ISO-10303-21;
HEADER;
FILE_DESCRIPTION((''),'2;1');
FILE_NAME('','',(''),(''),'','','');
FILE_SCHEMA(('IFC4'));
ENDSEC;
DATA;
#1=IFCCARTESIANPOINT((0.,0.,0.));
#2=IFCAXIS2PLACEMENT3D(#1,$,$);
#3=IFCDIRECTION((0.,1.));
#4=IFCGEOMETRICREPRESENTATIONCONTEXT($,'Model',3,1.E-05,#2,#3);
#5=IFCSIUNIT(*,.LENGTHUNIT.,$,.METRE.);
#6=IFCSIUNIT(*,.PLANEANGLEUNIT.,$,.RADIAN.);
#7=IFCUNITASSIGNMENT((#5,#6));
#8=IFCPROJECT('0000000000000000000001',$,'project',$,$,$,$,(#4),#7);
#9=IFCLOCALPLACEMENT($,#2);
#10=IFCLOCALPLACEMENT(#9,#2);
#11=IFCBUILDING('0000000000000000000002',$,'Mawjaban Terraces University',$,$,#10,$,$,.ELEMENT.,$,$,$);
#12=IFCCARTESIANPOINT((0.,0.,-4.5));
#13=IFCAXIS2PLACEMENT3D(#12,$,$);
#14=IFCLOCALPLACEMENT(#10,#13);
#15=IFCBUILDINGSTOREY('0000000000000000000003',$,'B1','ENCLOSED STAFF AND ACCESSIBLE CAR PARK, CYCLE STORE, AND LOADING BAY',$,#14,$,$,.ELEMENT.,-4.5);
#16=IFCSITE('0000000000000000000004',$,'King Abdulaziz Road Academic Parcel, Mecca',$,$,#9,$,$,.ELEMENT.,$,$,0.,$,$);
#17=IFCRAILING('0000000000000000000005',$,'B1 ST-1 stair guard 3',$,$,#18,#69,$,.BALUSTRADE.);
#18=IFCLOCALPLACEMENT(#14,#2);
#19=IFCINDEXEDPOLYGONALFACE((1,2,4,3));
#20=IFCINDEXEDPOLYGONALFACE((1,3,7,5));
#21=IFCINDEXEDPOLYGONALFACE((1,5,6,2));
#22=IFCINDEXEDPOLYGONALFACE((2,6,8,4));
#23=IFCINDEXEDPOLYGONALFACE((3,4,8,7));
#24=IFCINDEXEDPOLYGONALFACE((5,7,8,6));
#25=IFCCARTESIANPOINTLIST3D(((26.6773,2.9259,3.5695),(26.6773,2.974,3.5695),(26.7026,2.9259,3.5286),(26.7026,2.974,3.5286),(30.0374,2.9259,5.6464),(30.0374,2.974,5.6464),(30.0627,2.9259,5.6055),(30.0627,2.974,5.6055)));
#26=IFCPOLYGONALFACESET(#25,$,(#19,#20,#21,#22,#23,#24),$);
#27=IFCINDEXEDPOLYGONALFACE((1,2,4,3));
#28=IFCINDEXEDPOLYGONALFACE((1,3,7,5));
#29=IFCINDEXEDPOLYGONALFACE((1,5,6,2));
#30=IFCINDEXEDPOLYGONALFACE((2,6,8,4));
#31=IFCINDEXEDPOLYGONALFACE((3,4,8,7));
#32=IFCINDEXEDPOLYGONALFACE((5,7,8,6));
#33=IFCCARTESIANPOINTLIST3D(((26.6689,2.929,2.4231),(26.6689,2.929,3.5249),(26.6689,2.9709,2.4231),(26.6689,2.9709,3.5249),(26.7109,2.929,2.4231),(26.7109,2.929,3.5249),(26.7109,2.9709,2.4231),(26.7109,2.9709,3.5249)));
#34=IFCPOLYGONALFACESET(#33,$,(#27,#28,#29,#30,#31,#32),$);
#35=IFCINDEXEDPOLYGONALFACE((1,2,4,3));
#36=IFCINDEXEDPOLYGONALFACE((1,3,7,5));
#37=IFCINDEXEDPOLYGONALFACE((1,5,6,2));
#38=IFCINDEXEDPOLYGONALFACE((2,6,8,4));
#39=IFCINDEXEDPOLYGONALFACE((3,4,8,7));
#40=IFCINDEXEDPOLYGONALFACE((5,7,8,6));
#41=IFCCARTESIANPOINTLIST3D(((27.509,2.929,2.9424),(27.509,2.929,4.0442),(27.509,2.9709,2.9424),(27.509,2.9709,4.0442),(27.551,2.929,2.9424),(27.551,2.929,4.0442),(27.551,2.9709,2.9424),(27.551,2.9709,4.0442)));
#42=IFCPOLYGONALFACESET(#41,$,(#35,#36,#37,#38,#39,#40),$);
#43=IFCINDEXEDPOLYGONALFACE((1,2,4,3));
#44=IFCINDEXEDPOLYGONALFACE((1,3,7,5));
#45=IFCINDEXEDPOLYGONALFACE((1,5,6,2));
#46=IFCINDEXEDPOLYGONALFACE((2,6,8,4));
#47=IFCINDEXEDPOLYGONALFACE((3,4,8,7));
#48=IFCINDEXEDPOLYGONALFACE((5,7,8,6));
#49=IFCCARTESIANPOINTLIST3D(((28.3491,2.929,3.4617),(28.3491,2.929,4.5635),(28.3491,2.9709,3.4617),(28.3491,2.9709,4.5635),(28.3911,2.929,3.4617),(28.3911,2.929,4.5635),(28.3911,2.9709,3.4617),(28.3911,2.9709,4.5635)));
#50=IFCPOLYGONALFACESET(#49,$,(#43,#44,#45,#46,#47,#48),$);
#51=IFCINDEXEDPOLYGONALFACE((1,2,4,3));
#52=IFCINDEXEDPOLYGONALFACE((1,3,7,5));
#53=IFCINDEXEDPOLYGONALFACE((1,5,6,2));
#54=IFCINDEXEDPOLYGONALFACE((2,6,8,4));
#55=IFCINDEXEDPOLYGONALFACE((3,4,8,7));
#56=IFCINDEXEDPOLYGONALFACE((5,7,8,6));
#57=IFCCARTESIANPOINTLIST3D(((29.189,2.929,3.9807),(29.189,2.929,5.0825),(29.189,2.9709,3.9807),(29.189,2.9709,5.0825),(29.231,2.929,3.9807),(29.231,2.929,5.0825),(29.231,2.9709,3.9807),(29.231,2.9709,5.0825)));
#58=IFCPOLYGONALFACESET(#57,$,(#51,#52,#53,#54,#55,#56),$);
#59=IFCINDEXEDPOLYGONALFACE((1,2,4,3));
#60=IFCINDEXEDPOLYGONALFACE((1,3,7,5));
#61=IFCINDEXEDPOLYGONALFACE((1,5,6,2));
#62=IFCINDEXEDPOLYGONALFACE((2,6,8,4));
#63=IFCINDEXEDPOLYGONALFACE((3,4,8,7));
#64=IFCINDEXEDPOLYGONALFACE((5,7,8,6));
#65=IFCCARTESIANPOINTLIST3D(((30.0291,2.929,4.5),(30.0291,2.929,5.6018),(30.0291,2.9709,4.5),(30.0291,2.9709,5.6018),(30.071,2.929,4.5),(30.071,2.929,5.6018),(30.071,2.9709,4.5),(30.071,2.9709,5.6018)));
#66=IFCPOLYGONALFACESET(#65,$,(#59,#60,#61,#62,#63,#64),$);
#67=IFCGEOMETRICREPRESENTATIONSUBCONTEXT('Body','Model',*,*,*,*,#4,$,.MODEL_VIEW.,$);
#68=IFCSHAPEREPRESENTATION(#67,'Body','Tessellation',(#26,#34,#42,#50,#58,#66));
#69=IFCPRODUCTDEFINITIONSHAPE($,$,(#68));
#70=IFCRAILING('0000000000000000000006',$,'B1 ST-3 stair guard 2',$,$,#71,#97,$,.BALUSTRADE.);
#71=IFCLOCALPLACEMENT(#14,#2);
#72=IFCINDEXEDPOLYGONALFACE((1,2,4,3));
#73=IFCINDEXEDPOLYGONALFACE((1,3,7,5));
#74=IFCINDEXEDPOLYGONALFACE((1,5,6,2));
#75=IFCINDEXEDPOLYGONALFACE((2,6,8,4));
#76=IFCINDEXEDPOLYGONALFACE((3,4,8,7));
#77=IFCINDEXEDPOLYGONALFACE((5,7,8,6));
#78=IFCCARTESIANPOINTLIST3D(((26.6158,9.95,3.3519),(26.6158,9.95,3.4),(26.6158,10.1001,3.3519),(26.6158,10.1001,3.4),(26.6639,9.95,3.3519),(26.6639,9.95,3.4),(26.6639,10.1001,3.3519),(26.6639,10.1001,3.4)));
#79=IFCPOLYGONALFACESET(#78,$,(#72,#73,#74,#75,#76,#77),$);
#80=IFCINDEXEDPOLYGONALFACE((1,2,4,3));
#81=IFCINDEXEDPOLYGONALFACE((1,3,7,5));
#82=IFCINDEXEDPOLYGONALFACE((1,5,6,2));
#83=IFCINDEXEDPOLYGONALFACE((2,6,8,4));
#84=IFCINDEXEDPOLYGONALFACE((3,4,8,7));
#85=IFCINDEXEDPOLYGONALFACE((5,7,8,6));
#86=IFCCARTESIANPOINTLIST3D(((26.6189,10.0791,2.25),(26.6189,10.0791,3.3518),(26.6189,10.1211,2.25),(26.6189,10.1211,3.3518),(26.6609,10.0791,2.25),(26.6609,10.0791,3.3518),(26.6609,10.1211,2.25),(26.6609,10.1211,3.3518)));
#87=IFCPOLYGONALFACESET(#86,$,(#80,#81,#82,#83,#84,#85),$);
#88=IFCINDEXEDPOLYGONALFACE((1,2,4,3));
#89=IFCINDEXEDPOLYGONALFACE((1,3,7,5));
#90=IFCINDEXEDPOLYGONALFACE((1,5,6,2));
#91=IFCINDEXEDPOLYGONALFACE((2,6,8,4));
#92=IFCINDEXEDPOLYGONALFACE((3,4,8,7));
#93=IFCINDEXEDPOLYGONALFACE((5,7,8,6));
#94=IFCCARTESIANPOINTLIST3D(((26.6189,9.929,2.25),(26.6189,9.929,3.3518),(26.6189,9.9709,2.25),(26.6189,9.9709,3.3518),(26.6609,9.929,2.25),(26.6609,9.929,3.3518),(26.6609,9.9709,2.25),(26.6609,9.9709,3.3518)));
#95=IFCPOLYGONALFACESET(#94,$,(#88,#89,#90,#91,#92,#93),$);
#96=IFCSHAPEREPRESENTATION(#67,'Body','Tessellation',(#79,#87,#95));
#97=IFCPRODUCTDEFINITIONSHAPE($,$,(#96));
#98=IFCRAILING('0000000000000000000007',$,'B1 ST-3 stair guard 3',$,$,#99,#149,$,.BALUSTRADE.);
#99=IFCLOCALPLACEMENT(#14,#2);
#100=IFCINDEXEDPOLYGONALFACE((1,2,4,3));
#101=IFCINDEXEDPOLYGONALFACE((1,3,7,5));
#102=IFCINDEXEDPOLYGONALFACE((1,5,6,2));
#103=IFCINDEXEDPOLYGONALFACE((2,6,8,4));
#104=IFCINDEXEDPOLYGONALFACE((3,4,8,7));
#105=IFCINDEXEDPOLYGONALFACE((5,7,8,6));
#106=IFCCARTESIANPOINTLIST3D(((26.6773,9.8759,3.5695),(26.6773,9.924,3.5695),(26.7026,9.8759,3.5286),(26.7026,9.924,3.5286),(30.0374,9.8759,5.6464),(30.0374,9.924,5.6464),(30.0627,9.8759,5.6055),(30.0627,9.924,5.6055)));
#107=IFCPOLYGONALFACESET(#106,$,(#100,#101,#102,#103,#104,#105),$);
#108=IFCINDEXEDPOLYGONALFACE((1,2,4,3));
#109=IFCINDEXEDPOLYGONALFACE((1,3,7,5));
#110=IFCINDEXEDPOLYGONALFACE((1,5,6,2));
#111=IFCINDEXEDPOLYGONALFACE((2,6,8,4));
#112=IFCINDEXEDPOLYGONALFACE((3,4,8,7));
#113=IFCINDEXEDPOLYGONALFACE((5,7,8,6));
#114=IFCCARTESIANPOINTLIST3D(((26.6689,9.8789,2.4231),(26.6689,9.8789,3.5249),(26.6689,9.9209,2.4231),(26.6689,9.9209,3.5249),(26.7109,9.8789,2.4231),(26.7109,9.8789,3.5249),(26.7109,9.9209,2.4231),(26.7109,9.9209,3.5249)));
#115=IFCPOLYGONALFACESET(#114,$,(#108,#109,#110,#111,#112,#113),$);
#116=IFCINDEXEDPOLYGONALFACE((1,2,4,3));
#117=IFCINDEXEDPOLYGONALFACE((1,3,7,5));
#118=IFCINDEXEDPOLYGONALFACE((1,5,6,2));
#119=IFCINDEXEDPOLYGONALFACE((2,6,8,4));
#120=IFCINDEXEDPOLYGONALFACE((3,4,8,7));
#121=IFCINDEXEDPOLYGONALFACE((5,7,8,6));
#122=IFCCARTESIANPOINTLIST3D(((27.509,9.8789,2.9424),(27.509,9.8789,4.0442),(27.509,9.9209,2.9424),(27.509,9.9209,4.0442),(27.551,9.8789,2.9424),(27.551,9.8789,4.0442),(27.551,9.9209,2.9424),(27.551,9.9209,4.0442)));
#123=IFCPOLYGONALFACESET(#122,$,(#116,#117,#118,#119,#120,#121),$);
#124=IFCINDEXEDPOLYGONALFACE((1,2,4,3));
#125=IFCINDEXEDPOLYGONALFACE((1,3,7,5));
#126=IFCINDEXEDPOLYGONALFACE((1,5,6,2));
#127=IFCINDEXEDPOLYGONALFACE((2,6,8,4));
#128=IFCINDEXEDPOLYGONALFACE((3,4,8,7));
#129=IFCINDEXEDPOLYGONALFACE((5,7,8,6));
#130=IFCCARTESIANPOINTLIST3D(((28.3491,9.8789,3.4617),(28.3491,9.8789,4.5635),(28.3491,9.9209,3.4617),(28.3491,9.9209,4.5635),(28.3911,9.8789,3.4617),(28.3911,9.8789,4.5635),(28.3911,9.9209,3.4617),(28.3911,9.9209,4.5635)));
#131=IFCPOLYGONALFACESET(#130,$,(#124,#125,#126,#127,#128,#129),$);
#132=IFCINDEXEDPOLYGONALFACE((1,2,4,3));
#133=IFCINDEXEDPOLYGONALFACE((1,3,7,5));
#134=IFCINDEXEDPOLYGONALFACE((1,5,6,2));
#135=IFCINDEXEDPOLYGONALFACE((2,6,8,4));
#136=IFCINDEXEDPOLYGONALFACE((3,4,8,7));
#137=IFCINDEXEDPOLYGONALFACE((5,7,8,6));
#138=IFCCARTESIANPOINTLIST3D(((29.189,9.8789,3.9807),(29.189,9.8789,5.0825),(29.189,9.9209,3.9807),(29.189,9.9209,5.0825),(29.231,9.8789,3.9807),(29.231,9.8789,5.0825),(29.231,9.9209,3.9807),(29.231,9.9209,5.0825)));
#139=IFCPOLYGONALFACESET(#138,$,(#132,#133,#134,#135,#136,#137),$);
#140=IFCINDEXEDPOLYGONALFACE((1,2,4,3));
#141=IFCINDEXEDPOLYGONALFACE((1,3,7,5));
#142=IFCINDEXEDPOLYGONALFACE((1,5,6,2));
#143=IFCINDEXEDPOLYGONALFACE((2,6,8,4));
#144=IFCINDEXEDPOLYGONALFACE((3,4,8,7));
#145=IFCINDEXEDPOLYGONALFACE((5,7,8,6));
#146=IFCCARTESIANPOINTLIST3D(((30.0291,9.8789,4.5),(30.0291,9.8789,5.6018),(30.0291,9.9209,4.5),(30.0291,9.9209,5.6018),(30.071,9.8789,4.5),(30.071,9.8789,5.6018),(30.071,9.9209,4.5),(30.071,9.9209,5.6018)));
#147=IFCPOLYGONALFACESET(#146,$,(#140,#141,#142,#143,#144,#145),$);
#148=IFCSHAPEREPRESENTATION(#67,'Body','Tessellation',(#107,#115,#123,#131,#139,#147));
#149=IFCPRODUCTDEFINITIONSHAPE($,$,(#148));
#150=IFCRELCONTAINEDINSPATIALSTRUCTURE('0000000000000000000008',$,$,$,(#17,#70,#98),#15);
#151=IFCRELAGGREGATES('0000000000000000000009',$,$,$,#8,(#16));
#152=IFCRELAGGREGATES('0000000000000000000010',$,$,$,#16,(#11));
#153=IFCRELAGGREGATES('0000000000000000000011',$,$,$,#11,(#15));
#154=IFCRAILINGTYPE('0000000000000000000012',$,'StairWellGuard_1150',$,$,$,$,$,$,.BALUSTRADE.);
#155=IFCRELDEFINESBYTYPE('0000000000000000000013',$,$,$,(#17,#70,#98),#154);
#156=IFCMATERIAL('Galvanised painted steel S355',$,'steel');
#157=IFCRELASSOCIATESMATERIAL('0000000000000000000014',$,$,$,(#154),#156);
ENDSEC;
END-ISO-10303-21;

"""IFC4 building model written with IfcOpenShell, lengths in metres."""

from ifc_helpers import new_model, si_unit, direction, frame, origin, origin_2d, place, context, subcontext, project, spatial, rectangle, extrude, material, type_object, element, save


model = new_model("IFC4")

# Units and contexts
model_context = context("Model", 3, precision=1e-05, world=origin(), true_north=direction((0.0, 1.0)))
body_context = subcontext(model_context, "Body", "Model", "MODEL_VIEW")
ifc_project = project(units=[si_unit("LENGTHUNIT", "METRE"), si_unit("PLANEANGLEUNIT", "RADIAN")], contexts=[model_context])

# Site, building, storey
site_placement = place(None, origin())
site = spatial("IfcSite", under=ifc_project, at=site_placement, Name="King Abdulaziz Road Academic Parcel, Mecca", CompositionType="ELEMENT", RefElevation=0.0)
building_placement = place(site_placement, origin())
building = spatial("IfcBuilding", under=site, at=building_placement, Name="Mawjaban Terraces University", CompositionType="ELEMENT")
storey_placement = place(building_placement, frame((0.0, 0.0, -4.5)))
storey = spatial("IfcBuildingStorey", under=building, at=storey_placement, Name="B1", Description="ENCLOSED STAFF AND ACCESSIBLE CAR PARK, CYCLE STORE, AND LOADING BAY", CompositionType="ELEMENT", Elevation=-4.5)

# Railings
ifc_material_1 = material(Name="Galvanised painted steel S355", Category="steel")
railing_type_1 = type_object("IfcRailingType", Name="StairWellGuard_1150", PredefinedType="BALUSTRADE", material=ifc_material_1)
railing_1_placement = place(storey_placement, frame((26.6899, 2.95, 2.4231)))
element("IfcRailing", 1, at=railing_1_placement, inside=storey, type_object=railing_type_1, Name="B1 ST-1 stair guard 3", PredefinedType="BALUSTRADE", context=body_context, shape_type="SweptSolid", body=[
    extrude(rectangle(XDim=0.0481, YDim=0.0481, at=origin_2d()), frame((0.0, 0.0, 1.126), z_axis=(0.850623, 0.0, 0.525776), x_axis=(0.0, 1.0, 0.0)), (0.0, 0.0, 1.0), 3.9502),
    extrude(rectangle(XDim=0.042, YDim=0.042, at=origin_2d()), origin(), (0.0, 0.0, 1.0), 1.1018),
    extrude(rectangle(XDim=0.042, YDim=0.042, at=origin_2d()), frame((0.8401, 0.0, 0.5193)), (0.0, 0.0, 1.0), 1.1018),
    extrude(rectangle(XDim=0.042, YDim=0.042, at=origin_2d()), frame((1.6802, 0.0, 1.0386)), (0.0, 0.0, 1.0), 1.1018),
    extrude(rectangle(XDim=0.042, YDim=0.042, at=origin_2d()), frame((2.52, 0.0, 1.5576)), (0.0, 0.0, 1.0), 1.1018),
    extrude(rectangle(XDim=0.042, YDim=0.042, at=origin_2d()), frame((3.3601, 0.0, 2.0769)), (0.0, 0.0, 1.0), 1.1018),
])
railing_2_placement = place(storey_placement, frame((26.6399, 10.1001, 2.25)))
element("IfcRailing", 2, at=railing_2_placement, inside=storey, type_object=railing_type_1, Name="B1 ST-3 stair guard 2", PredefinedType="BALUSTRADE", context=body_context, shape_type="SweptSolid", body=[
    extrude(rectangle(XDim=0.0481, YDim=0.0481, at=origin_2d()), frame((0.0, 0.0, 1.126), z_axis=(0.0, -1.0, 0.0), x_axis=(1.0, 0.0, 0.0)), (0.0, 0.0, 1.0), 0.1501),
    extrude(rectangle(XDim=0.042, YDim=0.042, at=origin_2d()), origin(), (0.0, 0.0, 1.0), 1.1018),
    extrude(rectangle(XDim=0.042, YDim=0.042, at=origin_2d()), frame((0.0, -0.1501, 0.0)), (0.0, 0.0, 1.0), 1.1018),
])
railing_3_placement = place(storey_placement, frame((26.6899, 9.8999, 2.4231)))
element("IfcRailing", 3, at=railing_3_placement, inside=storey, type_object=railing_type_1, Name="B1 ST-3 stair guard 3", PredefinedType="BALUSTRADE", context=body_context, shape_type="SweptSolid", body=[
    extrude(rectangle(XDim=0.0481, YDim=0.0481, at=origin_2d()), frame((0.0, 0.0, 1.126), z_axis=(0.850623, 0.0, 0.525776), x_axis=(0.0, 1.0, 0.0)), (0.0, 0.0, 1.0), 3.9502),
    extrude(rectangle(XDim=0.042, YDim=0.042, at=origin_2d()), origin(), (0.0, 0.0, 1.0), 1.1018),
    extrude(rectangle(XDim=0.042, YDim=0.042, at=origin_2d()), frame((0.8401, 0.0, 0.5193)), (0.0, 0.0, 1.0), 1.1018),
    extrude(rectangle(XDim=0.042, YDim=0.042, at=origin_2d()), frame((1.6802, 0.0, 1.0386)), (0.0, 0.0, 1.0), 1.1018),
    extrude(rectangle(XDim=0.042, YDim=0.042, at=origin_2d()), frame((2.52, 0.0, 1.5576)), (0.0, 0.0, 1.0), 1.1018),
    extrude(rectangle(XDim=0.042, YDim=0.042, at=origin_2d()), frame((3.3601, 0.0, 2.0769)), (0.0, 0.0, 1.0), 1.1018),
])

save(model, "model.ifc")
